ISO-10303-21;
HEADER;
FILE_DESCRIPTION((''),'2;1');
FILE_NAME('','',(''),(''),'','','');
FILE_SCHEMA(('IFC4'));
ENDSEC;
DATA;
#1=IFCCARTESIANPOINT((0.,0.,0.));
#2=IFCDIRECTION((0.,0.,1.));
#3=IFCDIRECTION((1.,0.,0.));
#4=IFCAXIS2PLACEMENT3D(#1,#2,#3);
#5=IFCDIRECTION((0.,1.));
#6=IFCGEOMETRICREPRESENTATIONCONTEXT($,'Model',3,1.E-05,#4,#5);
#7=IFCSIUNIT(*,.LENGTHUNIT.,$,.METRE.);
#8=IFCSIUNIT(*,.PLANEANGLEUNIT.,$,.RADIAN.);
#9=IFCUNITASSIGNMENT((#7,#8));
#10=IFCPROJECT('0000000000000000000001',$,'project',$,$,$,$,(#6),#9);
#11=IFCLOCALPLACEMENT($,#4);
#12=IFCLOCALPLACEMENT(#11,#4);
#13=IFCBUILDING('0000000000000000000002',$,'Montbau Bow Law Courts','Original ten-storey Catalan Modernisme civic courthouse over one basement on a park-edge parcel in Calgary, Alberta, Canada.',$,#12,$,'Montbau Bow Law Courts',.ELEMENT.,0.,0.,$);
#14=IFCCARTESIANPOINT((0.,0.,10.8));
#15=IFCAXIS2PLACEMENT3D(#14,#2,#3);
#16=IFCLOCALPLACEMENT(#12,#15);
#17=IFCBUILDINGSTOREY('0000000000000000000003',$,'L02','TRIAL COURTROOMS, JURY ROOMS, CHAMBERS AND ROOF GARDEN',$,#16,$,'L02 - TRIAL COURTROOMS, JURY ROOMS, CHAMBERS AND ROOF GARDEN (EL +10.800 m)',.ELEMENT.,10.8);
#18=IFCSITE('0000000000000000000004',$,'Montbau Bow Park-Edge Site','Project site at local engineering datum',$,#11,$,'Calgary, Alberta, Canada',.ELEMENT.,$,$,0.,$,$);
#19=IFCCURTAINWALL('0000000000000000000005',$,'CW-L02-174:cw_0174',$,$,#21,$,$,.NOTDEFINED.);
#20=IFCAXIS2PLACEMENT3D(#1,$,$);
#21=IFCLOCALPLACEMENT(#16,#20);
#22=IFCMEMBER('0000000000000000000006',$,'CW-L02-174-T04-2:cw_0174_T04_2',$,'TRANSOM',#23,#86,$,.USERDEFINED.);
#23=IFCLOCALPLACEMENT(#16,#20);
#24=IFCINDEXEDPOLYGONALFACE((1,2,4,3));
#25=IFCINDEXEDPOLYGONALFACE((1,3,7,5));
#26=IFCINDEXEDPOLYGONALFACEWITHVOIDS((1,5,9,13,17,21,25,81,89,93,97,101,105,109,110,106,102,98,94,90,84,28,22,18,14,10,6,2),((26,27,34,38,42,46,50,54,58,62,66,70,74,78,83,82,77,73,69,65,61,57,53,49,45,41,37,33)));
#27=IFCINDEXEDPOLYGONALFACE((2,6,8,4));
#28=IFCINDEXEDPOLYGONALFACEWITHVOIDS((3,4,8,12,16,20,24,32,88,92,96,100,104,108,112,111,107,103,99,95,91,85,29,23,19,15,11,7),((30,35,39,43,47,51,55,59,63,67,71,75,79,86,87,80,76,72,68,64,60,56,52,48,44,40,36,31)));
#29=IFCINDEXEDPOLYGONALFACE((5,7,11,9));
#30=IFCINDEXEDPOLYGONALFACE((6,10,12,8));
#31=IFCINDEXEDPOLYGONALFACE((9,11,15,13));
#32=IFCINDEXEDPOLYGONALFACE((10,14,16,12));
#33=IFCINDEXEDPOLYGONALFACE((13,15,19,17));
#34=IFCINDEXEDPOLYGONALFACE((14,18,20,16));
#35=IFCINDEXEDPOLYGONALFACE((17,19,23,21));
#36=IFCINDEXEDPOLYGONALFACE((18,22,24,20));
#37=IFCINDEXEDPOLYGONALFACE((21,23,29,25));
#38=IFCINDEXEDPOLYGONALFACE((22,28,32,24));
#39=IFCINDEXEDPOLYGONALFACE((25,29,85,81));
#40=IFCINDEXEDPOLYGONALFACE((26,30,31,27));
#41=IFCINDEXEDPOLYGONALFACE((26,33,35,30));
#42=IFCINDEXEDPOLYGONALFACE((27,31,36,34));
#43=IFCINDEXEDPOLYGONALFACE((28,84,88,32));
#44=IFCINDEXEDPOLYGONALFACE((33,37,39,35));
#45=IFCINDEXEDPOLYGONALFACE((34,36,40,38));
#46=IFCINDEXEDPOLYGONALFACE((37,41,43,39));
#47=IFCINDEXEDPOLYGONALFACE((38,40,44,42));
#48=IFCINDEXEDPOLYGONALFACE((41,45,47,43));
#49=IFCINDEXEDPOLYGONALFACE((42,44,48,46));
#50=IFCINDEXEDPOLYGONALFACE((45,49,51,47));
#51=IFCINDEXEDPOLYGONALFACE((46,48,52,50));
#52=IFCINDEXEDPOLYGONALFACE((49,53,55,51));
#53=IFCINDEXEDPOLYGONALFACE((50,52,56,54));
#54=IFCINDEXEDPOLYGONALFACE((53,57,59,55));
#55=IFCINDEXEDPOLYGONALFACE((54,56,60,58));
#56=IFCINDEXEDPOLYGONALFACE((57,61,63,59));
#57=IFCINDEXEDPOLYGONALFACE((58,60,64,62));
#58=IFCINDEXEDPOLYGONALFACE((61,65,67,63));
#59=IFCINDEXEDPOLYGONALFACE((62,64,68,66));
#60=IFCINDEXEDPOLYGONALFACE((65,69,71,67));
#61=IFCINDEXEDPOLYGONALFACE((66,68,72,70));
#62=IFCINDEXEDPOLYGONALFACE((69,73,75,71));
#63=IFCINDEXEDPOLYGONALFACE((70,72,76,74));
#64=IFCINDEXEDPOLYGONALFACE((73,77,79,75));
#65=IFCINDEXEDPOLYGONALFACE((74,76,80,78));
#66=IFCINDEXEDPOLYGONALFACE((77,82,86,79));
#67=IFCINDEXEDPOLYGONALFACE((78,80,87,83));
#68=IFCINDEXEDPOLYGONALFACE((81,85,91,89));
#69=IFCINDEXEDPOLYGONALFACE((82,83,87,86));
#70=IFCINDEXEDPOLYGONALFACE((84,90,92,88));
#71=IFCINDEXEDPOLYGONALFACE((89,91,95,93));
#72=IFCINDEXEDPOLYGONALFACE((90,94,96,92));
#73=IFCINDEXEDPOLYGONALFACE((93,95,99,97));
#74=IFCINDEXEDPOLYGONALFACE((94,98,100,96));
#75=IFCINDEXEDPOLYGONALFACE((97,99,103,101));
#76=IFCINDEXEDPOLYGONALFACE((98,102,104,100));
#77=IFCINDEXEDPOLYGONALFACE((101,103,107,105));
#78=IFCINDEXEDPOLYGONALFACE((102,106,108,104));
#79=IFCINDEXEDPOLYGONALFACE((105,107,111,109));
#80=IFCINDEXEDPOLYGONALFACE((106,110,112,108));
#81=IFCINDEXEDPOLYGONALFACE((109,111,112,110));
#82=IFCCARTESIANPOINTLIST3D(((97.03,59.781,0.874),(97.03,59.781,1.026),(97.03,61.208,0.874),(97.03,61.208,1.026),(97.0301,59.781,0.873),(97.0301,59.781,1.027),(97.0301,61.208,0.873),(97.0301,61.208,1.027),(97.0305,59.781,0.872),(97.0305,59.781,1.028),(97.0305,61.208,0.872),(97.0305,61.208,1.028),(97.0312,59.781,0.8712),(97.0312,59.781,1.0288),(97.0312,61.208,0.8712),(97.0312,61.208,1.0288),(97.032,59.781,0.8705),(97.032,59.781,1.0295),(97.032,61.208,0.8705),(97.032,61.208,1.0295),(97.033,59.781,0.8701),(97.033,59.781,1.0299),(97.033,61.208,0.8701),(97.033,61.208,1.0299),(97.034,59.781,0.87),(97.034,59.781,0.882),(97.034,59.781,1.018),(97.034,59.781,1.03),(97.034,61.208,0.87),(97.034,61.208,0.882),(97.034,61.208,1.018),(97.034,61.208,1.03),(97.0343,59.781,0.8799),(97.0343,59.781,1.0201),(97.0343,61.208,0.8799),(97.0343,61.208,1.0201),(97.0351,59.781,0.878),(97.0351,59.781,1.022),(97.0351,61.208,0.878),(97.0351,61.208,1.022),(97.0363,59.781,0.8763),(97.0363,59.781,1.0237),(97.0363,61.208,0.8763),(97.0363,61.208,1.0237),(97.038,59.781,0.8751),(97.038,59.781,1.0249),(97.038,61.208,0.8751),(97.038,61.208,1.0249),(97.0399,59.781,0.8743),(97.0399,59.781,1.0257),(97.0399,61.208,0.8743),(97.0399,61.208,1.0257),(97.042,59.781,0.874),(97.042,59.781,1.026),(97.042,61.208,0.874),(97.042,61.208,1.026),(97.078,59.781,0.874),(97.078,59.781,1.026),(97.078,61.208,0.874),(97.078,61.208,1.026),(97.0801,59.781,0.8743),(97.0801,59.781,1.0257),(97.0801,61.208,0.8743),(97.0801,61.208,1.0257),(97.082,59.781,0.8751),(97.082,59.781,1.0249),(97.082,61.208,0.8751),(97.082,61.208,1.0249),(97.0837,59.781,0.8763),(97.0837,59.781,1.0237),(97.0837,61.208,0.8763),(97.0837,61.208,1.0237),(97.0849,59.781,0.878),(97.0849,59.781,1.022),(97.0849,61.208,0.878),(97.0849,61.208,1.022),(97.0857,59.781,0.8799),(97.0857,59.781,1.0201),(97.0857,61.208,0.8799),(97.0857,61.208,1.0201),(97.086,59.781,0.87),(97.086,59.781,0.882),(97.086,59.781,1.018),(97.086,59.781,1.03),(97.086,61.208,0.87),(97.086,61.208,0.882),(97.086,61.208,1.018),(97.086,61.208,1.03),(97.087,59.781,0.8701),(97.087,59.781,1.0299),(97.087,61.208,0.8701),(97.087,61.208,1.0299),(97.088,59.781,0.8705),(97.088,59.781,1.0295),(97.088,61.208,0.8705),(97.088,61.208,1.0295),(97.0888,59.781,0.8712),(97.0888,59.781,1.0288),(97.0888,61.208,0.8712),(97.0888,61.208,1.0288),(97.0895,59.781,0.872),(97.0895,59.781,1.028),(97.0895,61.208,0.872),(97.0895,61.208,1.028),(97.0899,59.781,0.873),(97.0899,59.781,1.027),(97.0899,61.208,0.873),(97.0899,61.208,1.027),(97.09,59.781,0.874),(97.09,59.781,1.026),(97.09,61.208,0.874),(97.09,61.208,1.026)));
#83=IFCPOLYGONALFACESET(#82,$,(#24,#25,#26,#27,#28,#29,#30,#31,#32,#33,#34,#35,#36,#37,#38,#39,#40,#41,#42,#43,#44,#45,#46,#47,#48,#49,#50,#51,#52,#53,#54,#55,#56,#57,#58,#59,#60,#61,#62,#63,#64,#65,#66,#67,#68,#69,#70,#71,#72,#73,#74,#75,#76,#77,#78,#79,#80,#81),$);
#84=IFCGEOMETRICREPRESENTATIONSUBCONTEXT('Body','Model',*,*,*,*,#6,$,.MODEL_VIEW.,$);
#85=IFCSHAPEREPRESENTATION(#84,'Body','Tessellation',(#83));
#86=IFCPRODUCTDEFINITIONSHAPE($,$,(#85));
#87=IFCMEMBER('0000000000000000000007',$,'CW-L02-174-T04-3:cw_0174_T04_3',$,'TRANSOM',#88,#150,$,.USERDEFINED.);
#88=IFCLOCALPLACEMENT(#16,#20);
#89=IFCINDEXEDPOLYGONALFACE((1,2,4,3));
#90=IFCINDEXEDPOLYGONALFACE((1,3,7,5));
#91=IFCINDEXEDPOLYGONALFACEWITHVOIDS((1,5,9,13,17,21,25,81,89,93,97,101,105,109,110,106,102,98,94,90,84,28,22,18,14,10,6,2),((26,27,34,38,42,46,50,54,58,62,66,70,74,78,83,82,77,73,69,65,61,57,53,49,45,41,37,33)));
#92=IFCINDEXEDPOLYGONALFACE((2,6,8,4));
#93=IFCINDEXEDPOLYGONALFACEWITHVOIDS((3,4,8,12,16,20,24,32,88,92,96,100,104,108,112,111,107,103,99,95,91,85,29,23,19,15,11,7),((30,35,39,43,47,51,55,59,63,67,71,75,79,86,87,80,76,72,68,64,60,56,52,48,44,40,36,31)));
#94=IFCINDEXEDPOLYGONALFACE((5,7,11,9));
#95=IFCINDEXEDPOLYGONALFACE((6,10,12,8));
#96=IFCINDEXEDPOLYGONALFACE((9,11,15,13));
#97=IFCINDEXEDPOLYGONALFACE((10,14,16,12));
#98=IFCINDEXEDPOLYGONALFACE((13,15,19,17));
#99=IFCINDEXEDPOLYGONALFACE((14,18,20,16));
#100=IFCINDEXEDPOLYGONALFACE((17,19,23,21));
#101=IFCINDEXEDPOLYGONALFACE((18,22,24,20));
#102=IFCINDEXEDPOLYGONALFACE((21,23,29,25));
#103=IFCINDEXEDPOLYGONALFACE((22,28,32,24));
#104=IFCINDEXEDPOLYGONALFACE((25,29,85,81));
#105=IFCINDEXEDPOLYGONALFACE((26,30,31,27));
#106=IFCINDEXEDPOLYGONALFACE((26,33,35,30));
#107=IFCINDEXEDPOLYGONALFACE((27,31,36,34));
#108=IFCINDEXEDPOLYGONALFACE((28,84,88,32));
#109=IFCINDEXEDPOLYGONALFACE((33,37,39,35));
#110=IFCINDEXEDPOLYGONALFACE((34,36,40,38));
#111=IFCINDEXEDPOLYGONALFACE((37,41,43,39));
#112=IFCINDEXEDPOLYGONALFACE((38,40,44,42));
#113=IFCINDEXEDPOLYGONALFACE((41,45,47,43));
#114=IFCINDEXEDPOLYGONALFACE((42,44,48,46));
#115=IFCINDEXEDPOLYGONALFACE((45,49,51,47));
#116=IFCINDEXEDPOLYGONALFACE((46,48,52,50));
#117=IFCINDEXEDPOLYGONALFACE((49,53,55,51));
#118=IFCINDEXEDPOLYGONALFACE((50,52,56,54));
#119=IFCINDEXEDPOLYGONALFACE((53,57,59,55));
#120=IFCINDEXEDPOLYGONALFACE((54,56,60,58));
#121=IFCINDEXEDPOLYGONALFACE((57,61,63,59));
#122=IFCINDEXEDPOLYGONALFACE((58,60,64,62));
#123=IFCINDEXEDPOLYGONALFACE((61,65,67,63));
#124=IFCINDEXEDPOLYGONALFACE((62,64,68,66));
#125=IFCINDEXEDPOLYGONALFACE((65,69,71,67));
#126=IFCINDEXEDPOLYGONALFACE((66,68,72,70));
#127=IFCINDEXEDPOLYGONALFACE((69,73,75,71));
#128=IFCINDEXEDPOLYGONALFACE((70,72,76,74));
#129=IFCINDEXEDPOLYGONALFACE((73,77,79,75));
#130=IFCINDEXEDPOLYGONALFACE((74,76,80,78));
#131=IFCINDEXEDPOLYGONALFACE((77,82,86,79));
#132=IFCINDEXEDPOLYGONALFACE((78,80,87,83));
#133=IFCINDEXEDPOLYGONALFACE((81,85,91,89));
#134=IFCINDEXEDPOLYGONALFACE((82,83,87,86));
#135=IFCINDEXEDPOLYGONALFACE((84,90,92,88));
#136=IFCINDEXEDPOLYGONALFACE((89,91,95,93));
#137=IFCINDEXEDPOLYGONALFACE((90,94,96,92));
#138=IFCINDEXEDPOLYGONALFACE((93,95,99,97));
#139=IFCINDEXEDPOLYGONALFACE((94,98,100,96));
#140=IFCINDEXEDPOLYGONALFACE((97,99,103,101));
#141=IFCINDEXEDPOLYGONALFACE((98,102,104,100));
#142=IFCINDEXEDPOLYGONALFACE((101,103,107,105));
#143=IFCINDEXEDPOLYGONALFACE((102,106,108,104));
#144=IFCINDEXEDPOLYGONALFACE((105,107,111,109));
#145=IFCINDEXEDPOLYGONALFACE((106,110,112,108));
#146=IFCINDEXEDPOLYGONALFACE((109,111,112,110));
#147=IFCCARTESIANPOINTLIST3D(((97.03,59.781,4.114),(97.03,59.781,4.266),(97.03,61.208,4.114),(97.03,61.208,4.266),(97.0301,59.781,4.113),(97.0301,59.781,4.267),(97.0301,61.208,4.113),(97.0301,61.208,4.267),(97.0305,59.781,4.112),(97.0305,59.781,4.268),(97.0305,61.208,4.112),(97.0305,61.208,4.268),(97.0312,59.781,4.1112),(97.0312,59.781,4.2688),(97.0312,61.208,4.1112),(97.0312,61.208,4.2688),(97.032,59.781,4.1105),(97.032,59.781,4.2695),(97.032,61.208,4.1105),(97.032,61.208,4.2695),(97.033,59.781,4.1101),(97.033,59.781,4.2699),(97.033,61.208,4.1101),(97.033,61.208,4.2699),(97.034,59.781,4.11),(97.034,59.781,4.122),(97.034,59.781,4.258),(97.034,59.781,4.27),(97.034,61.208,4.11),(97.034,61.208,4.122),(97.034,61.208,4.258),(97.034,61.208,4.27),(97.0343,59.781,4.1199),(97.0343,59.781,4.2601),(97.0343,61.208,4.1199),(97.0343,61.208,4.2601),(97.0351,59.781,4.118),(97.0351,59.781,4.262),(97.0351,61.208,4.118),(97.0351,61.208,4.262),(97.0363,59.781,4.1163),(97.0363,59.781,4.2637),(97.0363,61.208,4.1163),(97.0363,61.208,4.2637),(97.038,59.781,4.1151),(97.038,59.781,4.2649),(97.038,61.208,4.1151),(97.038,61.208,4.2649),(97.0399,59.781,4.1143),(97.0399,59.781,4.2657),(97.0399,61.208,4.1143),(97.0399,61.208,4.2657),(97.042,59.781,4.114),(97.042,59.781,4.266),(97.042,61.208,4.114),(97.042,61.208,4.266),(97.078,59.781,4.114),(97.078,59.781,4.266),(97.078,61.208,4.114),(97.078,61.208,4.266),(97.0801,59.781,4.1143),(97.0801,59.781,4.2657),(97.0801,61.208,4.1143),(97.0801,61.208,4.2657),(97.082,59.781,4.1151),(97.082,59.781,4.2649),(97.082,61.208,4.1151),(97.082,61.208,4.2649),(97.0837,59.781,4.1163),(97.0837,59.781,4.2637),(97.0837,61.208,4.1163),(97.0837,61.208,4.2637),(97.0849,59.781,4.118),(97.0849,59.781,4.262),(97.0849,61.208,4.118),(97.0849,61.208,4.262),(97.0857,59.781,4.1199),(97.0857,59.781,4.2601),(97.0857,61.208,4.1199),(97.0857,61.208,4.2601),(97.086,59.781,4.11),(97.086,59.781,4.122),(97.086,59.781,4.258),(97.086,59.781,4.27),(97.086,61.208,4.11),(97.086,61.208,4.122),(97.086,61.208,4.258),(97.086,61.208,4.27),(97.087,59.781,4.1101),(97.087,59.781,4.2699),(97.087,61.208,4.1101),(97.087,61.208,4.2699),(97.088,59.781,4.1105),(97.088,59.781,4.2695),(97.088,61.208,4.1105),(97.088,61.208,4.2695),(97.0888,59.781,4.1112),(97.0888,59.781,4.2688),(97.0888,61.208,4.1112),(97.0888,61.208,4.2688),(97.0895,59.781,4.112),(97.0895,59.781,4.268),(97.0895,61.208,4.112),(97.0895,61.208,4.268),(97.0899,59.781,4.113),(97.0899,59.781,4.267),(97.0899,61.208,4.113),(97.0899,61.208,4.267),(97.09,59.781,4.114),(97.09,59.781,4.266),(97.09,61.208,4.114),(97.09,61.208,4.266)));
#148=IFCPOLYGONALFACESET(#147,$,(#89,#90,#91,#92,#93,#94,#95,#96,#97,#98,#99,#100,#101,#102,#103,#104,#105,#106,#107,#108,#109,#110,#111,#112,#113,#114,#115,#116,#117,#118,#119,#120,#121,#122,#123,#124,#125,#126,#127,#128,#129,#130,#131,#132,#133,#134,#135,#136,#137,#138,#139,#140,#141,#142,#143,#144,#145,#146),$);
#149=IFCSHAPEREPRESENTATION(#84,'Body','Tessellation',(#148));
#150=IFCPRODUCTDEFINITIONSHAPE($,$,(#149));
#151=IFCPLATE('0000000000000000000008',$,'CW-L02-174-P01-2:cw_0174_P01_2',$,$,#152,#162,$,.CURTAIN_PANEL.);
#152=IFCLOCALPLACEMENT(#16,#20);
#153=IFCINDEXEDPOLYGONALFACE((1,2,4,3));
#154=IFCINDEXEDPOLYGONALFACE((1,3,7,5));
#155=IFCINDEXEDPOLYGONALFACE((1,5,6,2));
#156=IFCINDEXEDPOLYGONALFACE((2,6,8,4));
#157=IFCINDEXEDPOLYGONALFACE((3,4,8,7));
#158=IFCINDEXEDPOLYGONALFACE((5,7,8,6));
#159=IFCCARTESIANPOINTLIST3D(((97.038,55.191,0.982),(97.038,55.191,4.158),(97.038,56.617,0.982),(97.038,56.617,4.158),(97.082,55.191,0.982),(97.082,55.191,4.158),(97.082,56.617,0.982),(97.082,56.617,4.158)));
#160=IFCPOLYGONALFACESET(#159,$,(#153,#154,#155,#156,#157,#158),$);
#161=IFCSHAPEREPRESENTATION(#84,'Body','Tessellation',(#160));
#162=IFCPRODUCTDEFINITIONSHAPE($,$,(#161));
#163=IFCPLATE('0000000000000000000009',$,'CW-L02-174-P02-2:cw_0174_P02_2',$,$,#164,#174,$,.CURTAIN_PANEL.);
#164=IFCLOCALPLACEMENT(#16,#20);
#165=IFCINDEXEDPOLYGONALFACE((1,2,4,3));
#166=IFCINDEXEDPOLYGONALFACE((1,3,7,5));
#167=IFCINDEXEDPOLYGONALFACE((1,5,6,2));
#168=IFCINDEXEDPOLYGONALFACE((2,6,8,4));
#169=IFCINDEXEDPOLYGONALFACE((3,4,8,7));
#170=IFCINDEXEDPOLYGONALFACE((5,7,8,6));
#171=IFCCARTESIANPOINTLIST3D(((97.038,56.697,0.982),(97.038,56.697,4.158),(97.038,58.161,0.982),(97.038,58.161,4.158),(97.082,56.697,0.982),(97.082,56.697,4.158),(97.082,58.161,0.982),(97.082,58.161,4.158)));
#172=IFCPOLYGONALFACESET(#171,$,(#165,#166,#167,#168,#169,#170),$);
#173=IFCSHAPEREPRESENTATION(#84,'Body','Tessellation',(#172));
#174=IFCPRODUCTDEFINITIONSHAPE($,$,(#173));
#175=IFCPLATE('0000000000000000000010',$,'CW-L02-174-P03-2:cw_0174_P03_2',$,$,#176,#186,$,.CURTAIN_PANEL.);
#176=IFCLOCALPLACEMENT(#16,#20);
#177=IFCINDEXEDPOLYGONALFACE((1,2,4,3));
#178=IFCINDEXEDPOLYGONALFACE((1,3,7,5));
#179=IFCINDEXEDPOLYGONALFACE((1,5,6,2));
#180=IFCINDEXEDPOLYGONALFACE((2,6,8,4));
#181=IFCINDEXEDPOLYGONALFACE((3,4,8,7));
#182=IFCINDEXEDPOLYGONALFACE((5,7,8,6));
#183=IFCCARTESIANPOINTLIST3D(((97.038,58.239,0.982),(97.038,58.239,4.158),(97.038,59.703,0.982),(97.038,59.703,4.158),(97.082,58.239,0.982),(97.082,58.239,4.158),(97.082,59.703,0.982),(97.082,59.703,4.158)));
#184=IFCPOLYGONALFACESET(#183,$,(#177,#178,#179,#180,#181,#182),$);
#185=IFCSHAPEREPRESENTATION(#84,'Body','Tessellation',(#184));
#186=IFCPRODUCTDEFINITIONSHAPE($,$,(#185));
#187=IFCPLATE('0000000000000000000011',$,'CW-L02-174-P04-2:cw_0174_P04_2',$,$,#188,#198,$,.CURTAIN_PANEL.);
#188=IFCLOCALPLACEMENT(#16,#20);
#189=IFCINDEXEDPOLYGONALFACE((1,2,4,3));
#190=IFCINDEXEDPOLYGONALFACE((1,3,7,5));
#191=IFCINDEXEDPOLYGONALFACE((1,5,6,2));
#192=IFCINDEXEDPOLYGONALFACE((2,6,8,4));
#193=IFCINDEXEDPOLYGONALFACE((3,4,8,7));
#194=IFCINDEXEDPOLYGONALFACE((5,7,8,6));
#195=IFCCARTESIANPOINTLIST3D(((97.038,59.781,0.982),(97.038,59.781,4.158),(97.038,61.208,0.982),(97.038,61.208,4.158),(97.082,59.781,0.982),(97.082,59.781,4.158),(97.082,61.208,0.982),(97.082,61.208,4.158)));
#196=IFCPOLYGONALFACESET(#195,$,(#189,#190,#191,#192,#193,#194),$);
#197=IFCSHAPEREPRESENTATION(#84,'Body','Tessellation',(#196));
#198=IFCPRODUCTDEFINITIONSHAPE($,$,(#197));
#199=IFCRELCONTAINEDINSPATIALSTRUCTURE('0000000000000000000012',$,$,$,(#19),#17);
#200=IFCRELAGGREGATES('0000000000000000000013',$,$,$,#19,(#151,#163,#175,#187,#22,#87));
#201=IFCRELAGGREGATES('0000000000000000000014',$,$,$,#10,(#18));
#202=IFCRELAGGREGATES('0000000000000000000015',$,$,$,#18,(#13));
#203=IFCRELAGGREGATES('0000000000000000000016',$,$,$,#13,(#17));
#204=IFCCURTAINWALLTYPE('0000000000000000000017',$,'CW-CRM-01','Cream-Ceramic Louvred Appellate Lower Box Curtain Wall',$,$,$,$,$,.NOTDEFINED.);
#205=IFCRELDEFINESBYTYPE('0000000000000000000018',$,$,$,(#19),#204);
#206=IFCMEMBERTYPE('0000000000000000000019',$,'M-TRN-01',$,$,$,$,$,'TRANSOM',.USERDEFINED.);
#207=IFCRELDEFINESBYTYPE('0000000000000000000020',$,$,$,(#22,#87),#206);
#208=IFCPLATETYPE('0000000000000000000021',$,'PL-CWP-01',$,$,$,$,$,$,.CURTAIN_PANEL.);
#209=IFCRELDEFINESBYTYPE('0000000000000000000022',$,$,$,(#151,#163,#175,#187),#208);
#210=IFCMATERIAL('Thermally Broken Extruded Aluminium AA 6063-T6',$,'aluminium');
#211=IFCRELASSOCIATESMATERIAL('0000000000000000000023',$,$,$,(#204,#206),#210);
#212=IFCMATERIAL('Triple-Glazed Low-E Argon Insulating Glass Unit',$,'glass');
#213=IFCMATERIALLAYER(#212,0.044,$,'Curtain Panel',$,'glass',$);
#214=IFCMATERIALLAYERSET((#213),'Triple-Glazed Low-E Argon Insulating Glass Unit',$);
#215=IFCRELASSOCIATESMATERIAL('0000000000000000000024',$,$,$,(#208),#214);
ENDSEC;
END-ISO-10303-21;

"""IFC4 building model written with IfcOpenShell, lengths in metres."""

from ifc_helpers import new_model, si_unit, direction, frame, frame_2d, origin_with_axes, origin_2d_with_axis, place, context, subcontext, project, spatial, rectangle, hollow_rectangle, extrude, material, layer, layer_set, material_profile, profile_set, type_object, element, aggregate, save


model = new_model("IFC4")

# Units and contexts
model_context = context("Model", 3, precision=1e-05, world=origin_with_axes(), true_north=direction((0.0, 1.0)))
body_context = subcontext(model_context, "Body", "Model", "MODEL_VIEW")
ifc_project = project(units=[si_unit("LENGTHUNIT", "METRE"), si_unit("PLANEANGLEUNIT", "RADIAN")], contexts=[model_context])

# Site, building, storey
site_placement = place(None, origin_with_axes())
site = spatial("IfcSite", under=ifc_project, at=site_placement, Name="Montbau Bow Park-Edge Site", Description="Project site at local engineering datum", LongName="Calgary, Alberta, Canada", CompositionType="ELEMENT", RefElevation=0.0)
building_placement = place(site_placement, origin_with_axes())
building = spatial("IfcBuilding", under=site, at=building_placement, Name="Montbau Bow Law Courts", Description="Original ten-storey Catalan Modernisme civic courthouse over one basement on a park-edge parcel in Calgary, Alberta, Canada.", LongName="Montbau Bow Law Courts", CompositionType="ELEMENT", ElevationOfRefHeight=0.0, ElevationOfTerrain=0.0)
storey_placement = place(building_placement, frame((0.0, 0.0, 10.8), z_axis=(0.0, 0.0, 1.0), x_axis=(1.0, 0.0, 0.0)))
storey = spatial("IfcBuildingStorey", under=building, at=storey_placement, Name="L02", Description="TRIAL COURTROOMS, JURY ROOMS, CHAMBERS AND ROOF GARDEN", LongName="L02 - TRIAL COURTROOMS, JURY ROOMS, CHAMBERS AND ROOF GARDEN (EL +10.800 m)", CompositionType="ELEMENT", Elevation=10.8)

# Curtain wall, members, plates
ifc_material_1 = material(Name="Thermally Broken Extruded Aluminium AA 6063-T6", Category="aluminium")
curtain_wall_type = type_object("IfcCurtainWallType", Name="CW-CRM-01", Description="Cream-Ceramic Louvred Appellate Lower Box Curtain Wall", PredefinedType="NOTDEFINED", material=ifc_material_1)
curtain_wall_placement = place(None, frame((97.06, 55.115, 10.8), z_axis=(0.0, 0.0, 1.0), x_axis=(1.0, 0.0, 0.0)))
curtain_wall = element("IfcCurtainWall", 1, at=curtain_wall_placement, inside=storey, type_object=curtain_wall_type, Name="CW-L02-174:cw_0174", PredefinedType="NOTDEFINED")
ifc_material_profile_1 = material_profile(ifc_material_1, hollow_rectangle(XDim=0.06, YDim=0.16, WallThickness=0.004, InnerFilletRadius=0.008, OuterFilletRadius=0.004, at=origin_2d_with_axis()), Name="CWT-160X60", Category="Main", Priority=0)
ifc_profile_set_1 = profile_set([ifc_material_profile_1], Name="Thermally Broken Extruded Aluminium AA 6063-T6")
member_type_1 = type_object("IfcMemberType", Name="M-TRN-01", ElementType="TRANSOM", PredefinedType="USERDEFINED", material=ifc_profile_set_1)
member_1_placement = place(None, frame((97.06, 59.781, 11.75), z_axis=(0.0, 1.0, 0.0), x_axis=(-1.0, 0.0, 0.0)))
member_1 = element("IfcMember", 2, at=member_1_placement, type_object=member_type_1, Name="CW-L02-174-T04-2:cw_0174_T04_2", ObjectType="TRANSOM", PredefinedType="USERDEFINED", context=body_context, shape_type="SweptSolid", body=[
    extrude(hollow_rectangle(XDim=0.06, YDim=0.16, WallThickness=0.004, InnerFilletRadius=0.008, OuterFilletRadius=0.004, at=origin_2d_with_axis()), origin_with_axes(), (0.0, 0.0, 1.0), 1.427),
])
member_2_placement = place(None, frame((97.06, 59.781, 14.99), z_axis=(0.0, 1.0, 0.0), x_axis=(-1.0, 0.0, 0.0)))
member_2 = element("IfcMember", 3, at=member_2_placement, type_object=member_type_1, Name="CW-L02-174-T04-3:cw_0174_T04_3", ObjectType="TRANSOM", PredefinedType="USERDEFINED", context=body_context, shape_type="SweptSolid", body=[
    extrude(hollow_rectangle(XDim=0.06, YDim=0.16, WallThickness=0.004, InnerFilletRadius=0.008, OuterFilletRadius=0.004, at=origin_2d_with_axis()), origin_with_axes(), (0.0, 0.0, 1.0), 1.427),
])
ifc_material_2 = material(Name="Triple-Glazed Low-E Argon Insulating Glass Unit", Category="glass")
ifc_layer_1 = layer(ifc_material_2, 0.044, Name="Curtain Panel", Category="glass")
ifc_layer_set_1 = layer_set([ifc_layer_1], Name="Triple-Glazed Low-E Argon Insulating Glass Unit")
plate_type_1 = type_object("IfcPlateType", Name="PL-CWP-01", PredefinedType="CURTAIN_PANEL", material=ifc_layer_set_1)
plate_1_placement = place(None, frame((97.06, 55.191, 11.782), z_axis=(1.0, 0.0, 0.0), x_axis=(0.0, 1.0, 0.0)))
plate_1 = element("IfcPlate", 4, at=plate_1_placement, type_object=plate_type_1, Name="CW-L02-174-P01-2:cw_0174_P01_2", PredefinedType="CURTAIN_PANEL", context=body_context, shape_type="SweptSolid", body=[
    extrude(rectangle(XDim=1.426, YDim=3.176, at=frame_2d((0.713, 1.588), x_axis=(1.0, 0.0))), frame((0.0, 0.0, -0.022), z_axis=(0.0, 0.0, 1.0), x_axis=(1.0, 0.0, 0.0)), (0.0, 0.0, 1.0), 0.044),
])
plate_2_placement = place(None, frame((97.06, 56.697, 11.782), z_axis=(1.0, 0.0, 0.0), x_axis=(0.0, 1.0, 0.0)))
plate_2 = element("IfcPlate", 5, at=plate_2_placement, type_object=plate_type_1, Name="CW-L02-174-P02-2:cw_0174_P02_2", PredefinedType="CURTAIN_PANEL", context=body_context, shape_type="SweptSolid", body=[
    extrude(rectangle(XDim=1.464, YDim=3.176, at=frame_2d((0.732, 1.588), x_axis=(1.0, 0.0))), frame((0.0, 0.0, -0.022), z_axis=(0.0, 0.0, 1.0), x_axis=(1.0, 0.0, 0.0)), (0.0, 0.0, 1.0), 0.044),
])
plate_3_placement = place(None, frame((97.06, 58.239, 11.782), z_axis=(1.0, 0.0, 0.0), x_axis=(0.0, 1.0, 0.0)))
plate_3 = element("IfcPlate", 6, at=plate_3_placement, type_object=plate_type_1, Name="CW-L02-174-P03-2:cw_0174_P03_2", PredefinedType="CURTAIN_PANEL", context=body_context, shape_type="SweptSolid", body=[
    extrude(rectangle(XDim=1.464, YDim=3.176, at=frame_2d((0.732, 1.588), x_axis=(1.0, 0.0))), frame((0.0, 0.0, -0.022), z_axis=(0.0, 0.0, 1.0), x_axis=(1.0, 0.0, 0.0)), (0.0, 0.0, 1.0), 0.044),
])
plate_4_placement = place(None, frame((97.06, 59.781, 11.782), z_axis=(1.0, 0.0, 0.0), x_axis=(0.0, 1.0, 0.0)))
plate_4 = element("IfcPlate", 7, at=plate_4_placement, type_object=plate_type_1, Name="CW-L02-174-P04-2:cw_0174_P04_2", PredefinedType="CURTAIN_PANEL", context=body_context, shape_type="SweptSolid", body=[
    extrude(rectangle(XDim=1.427, YDim=3.176, at=frame_2d((0.7135, 1.588), x_axis=(1.0, 0.0))), frame((0.0, 0.0, -0.022), z_axis=(0.0, 0.0, 1.0), x_axis=(1.0, 0.0, 0.0)), (0.0, 0.0, 1.0), 0.044),
])
aggregate(curtain_wall, [plate_1, plate_2, plate_3, plate_4, member_1, member_2])

save(model, "model.ifc")
